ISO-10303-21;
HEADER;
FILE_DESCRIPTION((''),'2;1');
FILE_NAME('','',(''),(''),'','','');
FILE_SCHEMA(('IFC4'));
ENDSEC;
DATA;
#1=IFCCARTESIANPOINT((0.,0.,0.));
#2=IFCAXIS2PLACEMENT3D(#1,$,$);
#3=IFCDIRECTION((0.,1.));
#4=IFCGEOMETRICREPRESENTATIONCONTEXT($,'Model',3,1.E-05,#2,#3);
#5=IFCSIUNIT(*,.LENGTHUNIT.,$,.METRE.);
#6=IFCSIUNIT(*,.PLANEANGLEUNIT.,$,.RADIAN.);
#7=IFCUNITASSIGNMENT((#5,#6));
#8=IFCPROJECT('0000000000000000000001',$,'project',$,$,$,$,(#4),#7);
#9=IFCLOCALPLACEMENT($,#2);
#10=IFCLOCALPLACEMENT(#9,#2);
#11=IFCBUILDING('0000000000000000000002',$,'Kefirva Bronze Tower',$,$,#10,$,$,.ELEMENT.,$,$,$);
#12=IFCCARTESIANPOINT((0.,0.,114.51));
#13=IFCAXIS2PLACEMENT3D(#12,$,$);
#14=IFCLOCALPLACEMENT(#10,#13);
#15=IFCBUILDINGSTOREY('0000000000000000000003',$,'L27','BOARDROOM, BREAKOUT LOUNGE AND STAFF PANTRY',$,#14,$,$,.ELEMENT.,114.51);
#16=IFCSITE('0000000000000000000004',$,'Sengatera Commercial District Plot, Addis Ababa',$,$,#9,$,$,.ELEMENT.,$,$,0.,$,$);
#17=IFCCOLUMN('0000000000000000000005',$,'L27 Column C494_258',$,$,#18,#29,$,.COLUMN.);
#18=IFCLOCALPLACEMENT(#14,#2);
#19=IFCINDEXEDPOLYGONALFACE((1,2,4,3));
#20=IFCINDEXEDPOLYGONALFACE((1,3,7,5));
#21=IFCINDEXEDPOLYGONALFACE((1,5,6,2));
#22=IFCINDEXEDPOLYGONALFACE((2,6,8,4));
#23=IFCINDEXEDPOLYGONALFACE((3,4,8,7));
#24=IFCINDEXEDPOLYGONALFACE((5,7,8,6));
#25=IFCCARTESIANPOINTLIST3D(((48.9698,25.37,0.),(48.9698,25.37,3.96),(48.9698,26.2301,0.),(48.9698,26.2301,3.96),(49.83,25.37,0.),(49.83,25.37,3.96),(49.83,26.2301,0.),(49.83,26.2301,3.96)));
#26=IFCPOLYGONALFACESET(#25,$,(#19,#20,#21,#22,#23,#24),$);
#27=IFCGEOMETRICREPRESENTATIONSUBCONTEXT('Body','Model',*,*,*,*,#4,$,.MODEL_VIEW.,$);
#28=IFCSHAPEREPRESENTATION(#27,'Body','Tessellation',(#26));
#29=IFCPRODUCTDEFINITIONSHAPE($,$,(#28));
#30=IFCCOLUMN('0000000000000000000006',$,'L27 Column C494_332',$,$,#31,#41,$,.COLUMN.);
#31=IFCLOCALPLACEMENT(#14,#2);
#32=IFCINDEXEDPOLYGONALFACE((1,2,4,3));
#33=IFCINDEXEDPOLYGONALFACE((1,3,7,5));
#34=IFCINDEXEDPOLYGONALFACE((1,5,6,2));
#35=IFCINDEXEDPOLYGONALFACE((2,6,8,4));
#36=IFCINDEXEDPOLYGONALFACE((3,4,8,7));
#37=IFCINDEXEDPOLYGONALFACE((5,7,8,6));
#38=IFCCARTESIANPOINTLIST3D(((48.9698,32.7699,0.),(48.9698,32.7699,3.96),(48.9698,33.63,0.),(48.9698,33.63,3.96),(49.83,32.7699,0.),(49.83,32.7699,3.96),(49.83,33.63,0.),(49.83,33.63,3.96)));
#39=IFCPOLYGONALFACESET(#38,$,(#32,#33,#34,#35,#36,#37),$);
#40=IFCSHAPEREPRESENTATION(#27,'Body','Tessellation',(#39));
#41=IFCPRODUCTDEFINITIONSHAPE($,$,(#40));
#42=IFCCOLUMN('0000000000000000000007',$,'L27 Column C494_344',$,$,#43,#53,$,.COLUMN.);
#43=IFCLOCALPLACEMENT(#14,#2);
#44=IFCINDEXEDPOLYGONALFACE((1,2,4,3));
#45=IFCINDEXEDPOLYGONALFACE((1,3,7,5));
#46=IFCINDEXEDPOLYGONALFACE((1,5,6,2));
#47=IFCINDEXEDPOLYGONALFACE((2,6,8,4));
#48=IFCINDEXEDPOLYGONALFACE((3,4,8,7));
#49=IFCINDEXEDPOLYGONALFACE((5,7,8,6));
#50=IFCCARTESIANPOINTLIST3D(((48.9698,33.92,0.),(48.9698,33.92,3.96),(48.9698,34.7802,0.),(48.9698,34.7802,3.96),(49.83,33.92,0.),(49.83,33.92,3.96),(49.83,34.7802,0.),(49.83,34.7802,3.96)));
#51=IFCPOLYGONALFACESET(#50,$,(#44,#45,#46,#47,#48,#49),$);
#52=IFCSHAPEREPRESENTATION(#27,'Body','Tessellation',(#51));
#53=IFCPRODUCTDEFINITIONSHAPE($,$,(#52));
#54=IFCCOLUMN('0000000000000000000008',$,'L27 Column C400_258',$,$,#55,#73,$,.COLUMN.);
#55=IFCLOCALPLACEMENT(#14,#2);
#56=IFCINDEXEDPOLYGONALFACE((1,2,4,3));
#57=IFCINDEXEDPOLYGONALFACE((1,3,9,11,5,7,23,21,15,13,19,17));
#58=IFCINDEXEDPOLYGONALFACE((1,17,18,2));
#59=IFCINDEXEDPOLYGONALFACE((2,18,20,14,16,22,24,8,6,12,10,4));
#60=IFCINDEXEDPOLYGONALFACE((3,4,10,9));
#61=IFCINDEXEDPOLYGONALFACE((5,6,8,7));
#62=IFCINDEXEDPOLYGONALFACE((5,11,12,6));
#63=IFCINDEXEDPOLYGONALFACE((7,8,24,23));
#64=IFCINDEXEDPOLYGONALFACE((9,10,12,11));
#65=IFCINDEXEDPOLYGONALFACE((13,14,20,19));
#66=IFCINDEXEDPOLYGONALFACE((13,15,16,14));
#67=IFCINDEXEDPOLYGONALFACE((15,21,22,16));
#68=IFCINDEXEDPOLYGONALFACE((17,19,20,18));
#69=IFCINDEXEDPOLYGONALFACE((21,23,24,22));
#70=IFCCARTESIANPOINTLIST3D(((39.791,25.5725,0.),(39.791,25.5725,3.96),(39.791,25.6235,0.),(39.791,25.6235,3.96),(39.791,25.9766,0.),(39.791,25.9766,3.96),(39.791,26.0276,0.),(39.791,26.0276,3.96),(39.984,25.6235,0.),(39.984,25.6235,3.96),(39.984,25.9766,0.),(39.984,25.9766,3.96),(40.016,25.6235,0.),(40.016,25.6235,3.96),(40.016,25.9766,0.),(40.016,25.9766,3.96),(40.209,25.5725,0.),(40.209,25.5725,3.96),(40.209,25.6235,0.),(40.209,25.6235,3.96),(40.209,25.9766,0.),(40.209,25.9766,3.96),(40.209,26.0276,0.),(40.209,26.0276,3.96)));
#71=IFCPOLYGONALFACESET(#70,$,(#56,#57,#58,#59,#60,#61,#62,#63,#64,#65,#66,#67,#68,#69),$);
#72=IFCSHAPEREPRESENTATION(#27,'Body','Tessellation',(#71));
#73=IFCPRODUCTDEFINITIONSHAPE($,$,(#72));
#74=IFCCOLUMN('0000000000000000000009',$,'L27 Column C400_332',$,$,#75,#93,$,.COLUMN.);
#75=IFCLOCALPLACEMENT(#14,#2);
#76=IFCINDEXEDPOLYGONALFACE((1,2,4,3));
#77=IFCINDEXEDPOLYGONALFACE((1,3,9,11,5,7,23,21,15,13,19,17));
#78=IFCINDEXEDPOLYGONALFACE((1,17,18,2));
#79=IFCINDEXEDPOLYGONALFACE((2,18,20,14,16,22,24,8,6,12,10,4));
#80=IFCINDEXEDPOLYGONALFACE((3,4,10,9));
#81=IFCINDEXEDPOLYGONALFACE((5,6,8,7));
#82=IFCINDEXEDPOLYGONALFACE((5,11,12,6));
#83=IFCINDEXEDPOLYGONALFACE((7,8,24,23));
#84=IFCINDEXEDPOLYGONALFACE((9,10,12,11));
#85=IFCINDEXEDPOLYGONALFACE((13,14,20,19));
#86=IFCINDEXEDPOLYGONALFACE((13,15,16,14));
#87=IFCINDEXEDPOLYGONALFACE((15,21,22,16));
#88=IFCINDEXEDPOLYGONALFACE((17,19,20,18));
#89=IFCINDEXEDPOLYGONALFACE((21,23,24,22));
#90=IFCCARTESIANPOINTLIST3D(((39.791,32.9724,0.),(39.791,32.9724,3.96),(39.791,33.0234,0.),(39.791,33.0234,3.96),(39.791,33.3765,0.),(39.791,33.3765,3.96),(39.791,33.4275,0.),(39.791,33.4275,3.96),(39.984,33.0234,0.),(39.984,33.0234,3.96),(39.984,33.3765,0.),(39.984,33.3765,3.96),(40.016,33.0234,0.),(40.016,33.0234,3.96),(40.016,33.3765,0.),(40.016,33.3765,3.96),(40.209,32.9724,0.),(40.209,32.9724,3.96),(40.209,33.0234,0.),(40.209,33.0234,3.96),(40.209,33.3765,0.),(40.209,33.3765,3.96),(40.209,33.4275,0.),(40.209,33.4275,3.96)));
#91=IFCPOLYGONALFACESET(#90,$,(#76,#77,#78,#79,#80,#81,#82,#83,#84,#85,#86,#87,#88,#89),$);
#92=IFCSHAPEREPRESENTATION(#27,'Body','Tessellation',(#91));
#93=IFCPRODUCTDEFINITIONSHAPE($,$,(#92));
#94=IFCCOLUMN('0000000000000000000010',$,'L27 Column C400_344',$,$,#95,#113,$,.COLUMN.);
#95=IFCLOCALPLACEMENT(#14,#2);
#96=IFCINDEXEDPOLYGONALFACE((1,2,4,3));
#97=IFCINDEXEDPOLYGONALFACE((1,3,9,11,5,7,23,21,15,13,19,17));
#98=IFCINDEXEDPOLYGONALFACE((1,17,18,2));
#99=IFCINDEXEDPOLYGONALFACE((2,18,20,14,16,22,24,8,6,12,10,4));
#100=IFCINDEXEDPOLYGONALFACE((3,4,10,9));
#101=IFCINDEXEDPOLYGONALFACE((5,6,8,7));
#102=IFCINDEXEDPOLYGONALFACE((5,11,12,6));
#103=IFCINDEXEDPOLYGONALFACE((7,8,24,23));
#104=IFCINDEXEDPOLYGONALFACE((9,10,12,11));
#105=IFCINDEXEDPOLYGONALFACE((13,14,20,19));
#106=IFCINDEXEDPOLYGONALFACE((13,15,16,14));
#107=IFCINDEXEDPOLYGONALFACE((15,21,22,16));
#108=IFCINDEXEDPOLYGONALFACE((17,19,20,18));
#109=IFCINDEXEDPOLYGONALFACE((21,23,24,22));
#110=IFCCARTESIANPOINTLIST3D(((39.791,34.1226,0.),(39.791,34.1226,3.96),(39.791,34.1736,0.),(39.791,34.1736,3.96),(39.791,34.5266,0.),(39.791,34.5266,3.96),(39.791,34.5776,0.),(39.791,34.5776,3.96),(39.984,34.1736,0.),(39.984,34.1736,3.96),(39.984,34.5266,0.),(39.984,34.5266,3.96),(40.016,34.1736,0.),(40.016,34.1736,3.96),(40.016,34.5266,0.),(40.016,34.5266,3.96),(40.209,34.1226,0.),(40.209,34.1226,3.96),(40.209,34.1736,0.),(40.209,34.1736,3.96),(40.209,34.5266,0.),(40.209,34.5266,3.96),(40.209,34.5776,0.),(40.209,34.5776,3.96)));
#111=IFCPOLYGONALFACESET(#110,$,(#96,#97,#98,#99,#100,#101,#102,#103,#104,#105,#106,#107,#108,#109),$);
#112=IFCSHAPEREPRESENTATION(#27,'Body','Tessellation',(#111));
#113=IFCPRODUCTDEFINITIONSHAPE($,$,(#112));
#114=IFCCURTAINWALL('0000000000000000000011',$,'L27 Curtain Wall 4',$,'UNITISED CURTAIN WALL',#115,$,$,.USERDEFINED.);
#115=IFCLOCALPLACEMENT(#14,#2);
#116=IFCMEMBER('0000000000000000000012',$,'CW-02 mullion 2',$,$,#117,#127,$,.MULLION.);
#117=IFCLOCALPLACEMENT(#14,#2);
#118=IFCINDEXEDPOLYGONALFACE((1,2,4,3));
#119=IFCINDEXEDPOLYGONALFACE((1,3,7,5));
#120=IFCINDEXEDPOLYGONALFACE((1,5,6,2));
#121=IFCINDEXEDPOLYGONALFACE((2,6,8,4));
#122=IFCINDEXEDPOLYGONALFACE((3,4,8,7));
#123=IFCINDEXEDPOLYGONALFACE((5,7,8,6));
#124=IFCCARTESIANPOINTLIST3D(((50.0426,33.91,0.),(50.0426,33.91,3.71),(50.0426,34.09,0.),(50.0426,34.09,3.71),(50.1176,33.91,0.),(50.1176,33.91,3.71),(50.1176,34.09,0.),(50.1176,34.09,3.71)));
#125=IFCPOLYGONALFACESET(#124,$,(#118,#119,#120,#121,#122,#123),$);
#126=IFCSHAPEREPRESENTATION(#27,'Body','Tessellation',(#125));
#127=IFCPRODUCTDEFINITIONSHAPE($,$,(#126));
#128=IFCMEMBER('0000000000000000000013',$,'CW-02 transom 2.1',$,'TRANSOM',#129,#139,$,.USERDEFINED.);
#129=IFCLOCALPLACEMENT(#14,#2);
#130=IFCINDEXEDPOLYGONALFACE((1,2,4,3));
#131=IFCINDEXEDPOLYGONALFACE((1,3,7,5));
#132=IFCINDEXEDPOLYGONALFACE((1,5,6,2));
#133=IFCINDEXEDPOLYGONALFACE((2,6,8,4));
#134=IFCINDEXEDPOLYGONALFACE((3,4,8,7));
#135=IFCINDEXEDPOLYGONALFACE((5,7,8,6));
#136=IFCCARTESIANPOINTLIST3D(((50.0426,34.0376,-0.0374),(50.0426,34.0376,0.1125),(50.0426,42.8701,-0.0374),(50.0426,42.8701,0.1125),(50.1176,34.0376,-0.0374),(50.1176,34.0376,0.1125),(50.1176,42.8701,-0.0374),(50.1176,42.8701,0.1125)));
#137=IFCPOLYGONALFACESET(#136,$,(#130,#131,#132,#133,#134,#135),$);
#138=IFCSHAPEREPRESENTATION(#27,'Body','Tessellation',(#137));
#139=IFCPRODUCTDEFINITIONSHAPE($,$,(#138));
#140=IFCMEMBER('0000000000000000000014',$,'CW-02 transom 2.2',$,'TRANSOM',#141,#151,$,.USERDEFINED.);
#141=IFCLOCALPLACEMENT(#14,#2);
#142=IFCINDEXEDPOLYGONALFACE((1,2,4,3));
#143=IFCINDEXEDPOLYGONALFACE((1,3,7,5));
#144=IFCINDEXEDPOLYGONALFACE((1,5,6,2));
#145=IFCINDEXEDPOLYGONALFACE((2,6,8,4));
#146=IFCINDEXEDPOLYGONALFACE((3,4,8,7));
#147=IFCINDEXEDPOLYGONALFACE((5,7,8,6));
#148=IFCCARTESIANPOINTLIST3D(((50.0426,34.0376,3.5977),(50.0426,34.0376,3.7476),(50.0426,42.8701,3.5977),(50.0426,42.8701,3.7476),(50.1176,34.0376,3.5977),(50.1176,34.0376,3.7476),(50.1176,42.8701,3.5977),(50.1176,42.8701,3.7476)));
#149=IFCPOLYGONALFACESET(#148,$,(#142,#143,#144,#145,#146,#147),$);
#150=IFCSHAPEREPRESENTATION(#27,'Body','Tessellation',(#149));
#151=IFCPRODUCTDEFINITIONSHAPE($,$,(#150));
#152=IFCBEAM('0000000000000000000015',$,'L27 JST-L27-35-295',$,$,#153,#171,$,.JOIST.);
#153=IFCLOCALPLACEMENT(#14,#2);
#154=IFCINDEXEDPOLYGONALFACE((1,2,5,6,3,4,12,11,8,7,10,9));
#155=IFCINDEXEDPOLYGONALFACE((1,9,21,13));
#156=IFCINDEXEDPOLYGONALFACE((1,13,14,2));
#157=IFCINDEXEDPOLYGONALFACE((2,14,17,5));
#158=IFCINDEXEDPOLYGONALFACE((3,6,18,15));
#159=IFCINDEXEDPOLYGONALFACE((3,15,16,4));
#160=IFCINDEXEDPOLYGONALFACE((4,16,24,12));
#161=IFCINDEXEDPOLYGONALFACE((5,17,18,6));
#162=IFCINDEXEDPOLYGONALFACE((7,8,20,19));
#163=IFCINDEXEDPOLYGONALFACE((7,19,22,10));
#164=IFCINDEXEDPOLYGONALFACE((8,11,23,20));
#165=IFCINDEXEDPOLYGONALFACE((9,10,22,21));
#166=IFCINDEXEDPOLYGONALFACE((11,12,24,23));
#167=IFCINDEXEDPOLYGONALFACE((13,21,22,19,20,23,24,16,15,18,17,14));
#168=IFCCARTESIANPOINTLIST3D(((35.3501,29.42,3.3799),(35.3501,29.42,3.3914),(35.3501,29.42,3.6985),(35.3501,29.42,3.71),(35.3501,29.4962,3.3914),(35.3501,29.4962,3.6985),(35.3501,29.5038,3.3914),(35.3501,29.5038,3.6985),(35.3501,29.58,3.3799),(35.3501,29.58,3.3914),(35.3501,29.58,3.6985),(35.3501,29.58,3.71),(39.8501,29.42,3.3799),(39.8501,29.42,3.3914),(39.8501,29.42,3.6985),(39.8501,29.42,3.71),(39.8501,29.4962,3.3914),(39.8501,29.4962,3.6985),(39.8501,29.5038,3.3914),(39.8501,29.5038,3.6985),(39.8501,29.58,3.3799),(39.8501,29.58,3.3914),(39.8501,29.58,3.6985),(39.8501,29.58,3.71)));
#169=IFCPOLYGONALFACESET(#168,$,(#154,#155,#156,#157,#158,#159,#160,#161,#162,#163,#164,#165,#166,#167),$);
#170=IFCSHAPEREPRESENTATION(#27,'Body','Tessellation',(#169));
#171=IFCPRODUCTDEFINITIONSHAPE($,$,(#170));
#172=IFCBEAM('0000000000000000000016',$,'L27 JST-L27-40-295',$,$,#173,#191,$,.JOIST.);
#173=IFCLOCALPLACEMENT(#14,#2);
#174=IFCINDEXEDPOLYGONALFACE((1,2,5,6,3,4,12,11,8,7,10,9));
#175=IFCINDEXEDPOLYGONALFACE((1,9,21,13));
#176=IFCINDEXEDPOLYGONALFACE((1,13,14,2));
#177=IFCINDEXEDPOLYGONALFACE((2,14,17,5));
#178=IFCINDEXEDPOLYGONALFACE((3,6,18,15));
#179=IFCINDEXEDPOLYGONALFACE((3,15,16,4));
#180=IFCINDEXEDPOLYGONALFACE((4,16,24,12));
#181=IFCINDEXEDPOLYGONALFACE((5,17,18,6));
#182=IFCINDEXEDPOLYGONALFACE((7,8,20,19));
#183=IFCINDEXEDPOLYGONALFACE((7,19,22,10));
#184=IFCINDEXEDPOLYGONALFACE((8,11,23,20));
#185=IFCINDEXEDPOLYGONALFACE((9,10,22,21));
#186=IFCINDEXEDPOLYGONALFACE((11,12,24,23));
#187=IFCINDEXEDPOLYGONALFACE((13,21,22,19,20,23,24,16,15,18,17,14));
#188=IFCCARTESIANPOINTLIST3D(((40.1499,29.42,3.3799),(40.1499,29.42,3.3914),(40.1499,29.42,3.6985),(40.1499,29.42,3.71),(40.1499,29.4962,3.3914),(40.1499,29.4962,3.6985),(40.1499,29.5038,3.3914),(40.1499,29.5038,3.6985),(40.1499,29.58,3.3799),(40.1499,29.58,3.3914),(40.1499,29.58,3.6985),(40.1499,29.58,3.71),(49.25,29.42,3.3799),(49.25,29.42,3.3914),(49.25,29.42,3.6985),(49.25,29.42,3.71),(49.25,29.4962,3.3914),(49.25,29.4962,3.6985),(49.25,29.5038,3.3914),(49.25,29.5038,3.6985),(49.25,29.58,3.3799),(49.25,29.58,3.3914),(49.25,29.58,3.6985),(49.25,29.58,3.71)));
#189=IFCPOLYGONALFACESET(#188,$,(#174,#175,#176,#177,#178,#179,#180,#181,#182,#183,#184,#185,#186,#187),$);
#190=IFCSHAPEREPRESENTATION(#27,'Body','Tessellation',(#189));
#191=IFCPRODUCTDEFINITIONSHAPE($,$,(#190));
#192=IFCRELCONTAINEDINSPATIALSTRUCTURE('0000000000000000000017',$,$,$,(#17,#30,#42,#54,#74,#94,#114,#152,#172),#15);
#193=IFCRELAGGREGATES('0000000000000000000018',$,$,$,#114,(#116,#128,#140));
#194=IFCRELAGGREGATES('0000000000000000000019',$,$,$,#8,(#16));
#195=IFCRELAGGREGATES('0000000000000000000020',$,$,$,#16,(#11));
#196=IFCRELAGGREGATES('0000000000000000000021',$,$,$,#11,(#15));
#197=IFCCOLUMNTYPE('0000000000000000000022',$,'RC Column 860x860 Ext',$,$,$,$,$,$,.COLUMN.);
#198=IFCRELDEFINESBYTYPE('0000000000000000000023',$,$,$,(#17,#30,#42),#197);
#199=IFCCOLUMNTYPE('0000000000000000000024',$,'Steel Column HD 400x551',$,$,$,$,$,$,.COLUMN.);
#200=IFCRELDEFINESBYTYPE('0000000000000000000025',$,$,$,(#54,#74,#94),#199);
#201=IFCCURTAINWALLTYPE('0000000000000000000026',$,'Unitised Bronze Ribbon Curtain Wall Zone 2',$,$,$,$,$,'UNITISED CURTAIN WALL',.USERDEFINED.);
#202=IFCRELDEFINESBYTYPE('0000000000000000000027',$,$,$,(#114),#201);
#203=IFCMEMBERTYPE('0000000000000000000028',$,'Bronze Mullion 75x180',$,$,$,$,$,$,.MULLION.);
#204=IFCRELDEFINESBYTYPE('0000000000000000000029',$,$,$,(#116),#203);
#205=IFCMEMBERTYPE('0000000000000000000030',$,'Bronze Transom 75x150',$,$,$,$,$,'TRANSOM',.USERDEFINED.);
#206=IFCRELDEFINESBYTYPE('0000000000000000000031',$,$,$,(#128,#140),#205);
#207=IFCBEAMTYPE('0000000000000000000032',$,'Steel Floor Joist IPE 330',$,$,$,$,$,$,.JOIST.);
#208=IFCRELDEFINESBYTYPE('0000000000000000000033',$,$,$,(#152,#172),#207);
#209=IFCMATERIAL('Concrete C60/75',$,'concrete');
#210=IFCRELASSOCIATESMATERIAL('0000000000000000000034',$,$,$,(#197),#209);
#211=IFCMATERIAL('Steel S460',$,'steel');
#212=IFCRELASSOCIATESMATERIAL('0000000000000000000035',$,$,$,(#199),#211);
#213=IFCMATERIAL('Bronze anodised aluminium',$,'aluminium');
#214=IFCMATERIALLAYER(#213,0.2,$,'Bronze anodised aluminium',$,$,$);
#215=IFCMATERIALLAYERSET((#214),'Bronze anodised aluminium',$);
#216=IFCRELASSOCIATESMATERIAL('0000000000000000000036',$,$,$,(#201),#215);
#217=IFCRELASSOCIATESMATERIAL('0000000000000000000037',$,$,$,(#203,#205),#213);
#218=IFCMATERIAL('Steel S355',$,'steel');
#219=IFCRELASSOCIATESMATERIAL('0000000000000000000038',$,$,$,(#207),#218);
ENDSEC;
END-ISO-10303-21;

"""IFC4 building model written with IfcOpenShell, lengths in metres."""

from ifc_helpers import new_model, si_unit, direction, frame, origin, origin_2d, place, context, subcontext, project, spatial, rectangle, i_section, extrude, material, layer, layer_set, material_profile, profile_set, type_object, element, aggregate, save


model = new_model("IFC4")

# Units and contexts
model_context = context("Model", 3, precision=1e-05, world=origin(), true_north=direction((0.0, 1.0)))
body_context = subcontext(model_context, "Body", "Model", "MODEL_VIEW")
ifc_project = project(units=[si_unit("LENGTHUNIT", "METRE"), si_unit("PLANEANGLEUNIT", "RADIAN")], contexts=[model_context])

# Site, building, storey
site_placement = place(None, origin())
site = spatial("IfcSite", under=ifc_project, at=site_placement, Name="Sengatera Commercial District Plot, Addis Ababa", CompositionType="ELEMENT", RefElevation=0.0)
building_placement = place(site_placement, origin())
building = spatial("IfcBuilding", under=site, at=building_placement, Name="Kefirva Bronze Tower", CompositionType="ELEMENT")
storey_placement = place(building_placement, frame((0.0, 0.0, 114.51)))
storey = spatial("IfcBuildingStorey", under=building, at=storey_placement, Name="L27", Description="BOARDROOM, BREAKOUT LOUNGE AND STAFF PANTRY", CompositionType="ELEMENT", Elevation=114.51)

# Columns
ifc_material_1 = material(Name="Concrete C60/75", Category="concrete")
ifc_material_profile_1 = material_profile(ifc_material_1, rectangle(XDim=0.8601, YDim=0.8601, at=origin_2d()), Name="RC 860x860")
ifc_profile_set_1 = profile_set([ifc_material_profile_1], Name="Concrete C60/75")
column_type_1 = type_object("IfcColumnType", Name="RC Column 860x860 Ext", PredefinedType="COLUMN", material=ifc_profile_set_1)
for number, where, z_axis, x_axis, name in (
    (1, (49.3999, 25.8, 0.0), (0.0, 0.0, 1.0), (1.0, 0.0, 0.0), "L27 Column C494_258"),
    (2, (49.3999, 33.2, 0.0), (0.0, 0.0, 1.0), (1.0, 0.0, 0.0), "L27 Column C494_332"),
    (3, (49.3999, 34.3501, 0.0), (0.0, 0.0, 1.0), (1.0, 0.0, 0.0), "L27 Column C494_344"),
):
    element("IfcColumn", number, at=place(storey_placement, frame(where, z_axis=z_axis, x_axis=x_axis)), inside=storey, type_object=column_type_1, Name=name, PredefinedType="COLUMN", context=body_context, shape_type="SweptSolid", body=[
        extrude(rectangle(XDim=0.8601, YDim=0.8601, at=origin_2d()), origin(), (0.0, 0.0, 1.0), 3.96),
    ])
ifc_material_2 = material(Name="Steel S460", Category="steel")
ifc_material_profile_2 = material_profile(ifc_material_2, i_section(OverallWidth=0.418, OverallDepth=0.4551, WebThickness=0.032, FlangeThickness=0.051, at=origin_2d()), Name="HD 400x551")
ifc_profile_set_2 = profile_set([ifc_material_profile_2], Name="Steel S460")
column_type_2 = type_object("IfcColumnType", Name="Steel Column HD 400x551", PredefinedType="COLUMN", material=ifc_profile_set_2)
for number, where, z_axis, x_axis, name in (
    (4, (40.0, 25.8, 0.0), (0.0, 0.0, 1.0), (1.0, 0.0, 0.0), "L27 Column C400_258"),
    (5, (40.0, 33.2, 0.0), (0.0, 0.0, 1.0), (1.0, 0.0, 0.0), "L27 Column C400_332"),
    (6, (40.0, 34.3501, 0.0), (0.0, 0.0, 1.0), (1.0, 0.0, 0.0), "L27 Column C400_344"),
):
    element("IfcColumn", number, at=place(storey_placement, frame(where, z_axis=z_axis, x_axis=x_axis)), inside=storey, type_object=column_type_2, Name=name, PredefinedType="COLUMN", context=body_context, shape_type="SweptSolid", body=[
        extrude(i_section(OverallWidth=0.418, OverallDepth=0.4551, WebThickness=0.032, FlangeThickness=0.051, at=origin_2d()), origin(), (0.0, 0.0, 1.0), 3.96),
    ])

# Curtain wall, members
ifc_material_3 = material(Name="Bronze anodised aluminium", Category="aluminium")
ifc_layer_1 = layer(ifc_material_3, 0.2, Name="Bronze anodised aluminium")
ifc_layer_set_1 = layer_set([ifc_layer_1], Name="Bronze anodised aluminium")
curtain_wall_type = type_object("IfcCurtainWallType", Name="Unitised Bronze Ribbon Curtain Wall Zone 2", ElementType="UNITISED CURTAIN WALL", PredefinedType="USERDEFINED", material=ifc_layer_set_1)
curtain_wall_placement = place(storey_placement, origin())
curtain_wall = element("IfcCurtainWall", 7, at=curtain_wall_placement, inside=storey, type_object=curtain_wall_type, Name="L27 Curtain Wall 4", ObjectType="UNITISED CURTAIN WALL", PredefinedType="USERDEFINED")
ifc_material_profile_3 = material_profile(ifc_material_3, rectangle(XDim=0.075, YDim=0.1799, at=origin_2d()), Name="ALU 75x180")
ifc_profile_set_3 = profile_set([ifc_material_profile_3], Name="Bronze anodised aluminium")
member_type_1 = type_object("IfcMemberType", Name="Bronze Mullion 75x180", PredefinedType="MULLION", material=ifc_profile_set_3)
member_1_placement = place(storey_placement, frame((50.0801, 34.0, 0.0), z_axis=(0.0, 0.0, 1.0), x_axis=(-1.0, 0.0, 0.0)))
member_1 = element("IfcMember", 8, at=member_1_placement, type_object=member_type_1, Name="CW-02 mullion 2", PredefinedType="MULLION", context=body_context, shape_type="SweptSolid", body=[
    extrude(rectangle(XDim=0.075, YDim=0.1799, at=origin_2d()), origin(), (0.0, 0.0, 1.0), 3.71),
])
ifc_material_profile_4 = material_profile(ifc_material_3, rectangle(XDim=0.075, YDim=0.1499, at=origin_2d()), Name="ALU 75x150")
ifc_profile_set_4 = profile_set([ifc_material_profile_4], Name="Bronze anodised aluminium")
member_type_2 = type_object("IfcMemberType", Name="Bronze Transom 75x150", ElementType="TRANSOM", PredefinedType="USERDEFINED", material=ifc_profile_set_4)
member_2_placement = place(storey_placement, frame((50.0801, 34.0376, 0.0376), z_axis=(0.0, 1.0, 0.0), x_axis=(-1.0, 0.0, 0.0)))
member_2 = element("IfcMember", 9, at=member_2_placement, type_object=member_type_2, Name="CW-02 transom 2.1", ObjectType="TRANSOM", PredefinedType="USERDEFINED", context=body_context, shape_type="SweptSolid", body=[
    extrude(rectangle(XDim=0.075, YDim=0.1499, at=origin_2d()), origin(), (0.0, 0.0, 1.0), 8.8325),
])
member_3_placement = place(storey_placement, frame((50.0801, 34.0376, 3.6726), z_axis=(0.0, 1.0, 0.0), x_axis=(-1.0, 0.0, 0.0)))
member_3 = element("IfcMember", 10, at=member_3_placement, type_object=member_type_2, Name="CW-02 transom 2.2", ObjectType="TRANSOM", PredefinedType="USERDEFINED", context=body_context, shape_type="SweptSolid", body=[
    extrude(rectangle(XDim=0.075, YDim=0.1499, at=origin_2d()), origin(), (0.0, 0.0, 1.0), 8.8325),
])

# Beams
ifc_material_4 = material(Name="Steel S355", Category="steel")
ifc_material_profile_5 = material_profile(ifc_material_4, i_section(OverallWidth=0.1599, OverallDepth=0.3301, WebThickness=0.0076, FlangeThickness=0.0115, at=origin_2d()), Name="IPE 330")
ifc_profile_set_5 = profile_set([ifc_material_profile_5], Name="Steel S355")
beam_type_1 = type_object("IfcBeamType", Name="Steel Floor Joist IPE 330", PredefinedType="JOIST", material=ifc_profile_set_5)
beam_1_placement = place(storey_placement, frame((35.3501, 29.5, 3.5449), z_axis=(1.0, 0.0, 0.0), x_axis=(0.0, 1.0, 0.0)))
element("IfcBeam", 11, at=beam_1_placement, inside=storey, type_object=beam_type_1, Name="L27 JST-L27-35-295", PredefinedType="JOIST", context=body_context, shape_type="SweptSolid", body=[
    extrude(i_section(OverallWidth=0.1599, OverallDepth=0.3301, WebThickness=0.0076, FlangeThickness=0.0115, at=origin_2d()), origin(), (0.0, 0.0, 1.0), 4.5),
])
beam_2_placement = place(storey_placement, frame((40.1499, 29.5, 3.5449), z_axis=(1.0, 0.0, 0.0), x_axis=(0.0, 1.0, 0.0)))
element("IfcBeam", 12, at=beam_2_placement, inside=storey, type_object=beam_type_1, Name="L27 JST-L27-40-295", PredefinedType="JOIST", context=body_context, shape_type="SweptSolid", body=[
    extrude(i_section(OverallWidth=0.1599, OverallDepth=0.3301, WebThickness=0.0076, FlangeThickness=0.0115, at=origin_2d()), origin(), (0.0, 0.0, 1.0), 9.1001),
])

aggregate(curtain_wall, [member_1, member_2, member_3])

save(model, "model.ifc")
